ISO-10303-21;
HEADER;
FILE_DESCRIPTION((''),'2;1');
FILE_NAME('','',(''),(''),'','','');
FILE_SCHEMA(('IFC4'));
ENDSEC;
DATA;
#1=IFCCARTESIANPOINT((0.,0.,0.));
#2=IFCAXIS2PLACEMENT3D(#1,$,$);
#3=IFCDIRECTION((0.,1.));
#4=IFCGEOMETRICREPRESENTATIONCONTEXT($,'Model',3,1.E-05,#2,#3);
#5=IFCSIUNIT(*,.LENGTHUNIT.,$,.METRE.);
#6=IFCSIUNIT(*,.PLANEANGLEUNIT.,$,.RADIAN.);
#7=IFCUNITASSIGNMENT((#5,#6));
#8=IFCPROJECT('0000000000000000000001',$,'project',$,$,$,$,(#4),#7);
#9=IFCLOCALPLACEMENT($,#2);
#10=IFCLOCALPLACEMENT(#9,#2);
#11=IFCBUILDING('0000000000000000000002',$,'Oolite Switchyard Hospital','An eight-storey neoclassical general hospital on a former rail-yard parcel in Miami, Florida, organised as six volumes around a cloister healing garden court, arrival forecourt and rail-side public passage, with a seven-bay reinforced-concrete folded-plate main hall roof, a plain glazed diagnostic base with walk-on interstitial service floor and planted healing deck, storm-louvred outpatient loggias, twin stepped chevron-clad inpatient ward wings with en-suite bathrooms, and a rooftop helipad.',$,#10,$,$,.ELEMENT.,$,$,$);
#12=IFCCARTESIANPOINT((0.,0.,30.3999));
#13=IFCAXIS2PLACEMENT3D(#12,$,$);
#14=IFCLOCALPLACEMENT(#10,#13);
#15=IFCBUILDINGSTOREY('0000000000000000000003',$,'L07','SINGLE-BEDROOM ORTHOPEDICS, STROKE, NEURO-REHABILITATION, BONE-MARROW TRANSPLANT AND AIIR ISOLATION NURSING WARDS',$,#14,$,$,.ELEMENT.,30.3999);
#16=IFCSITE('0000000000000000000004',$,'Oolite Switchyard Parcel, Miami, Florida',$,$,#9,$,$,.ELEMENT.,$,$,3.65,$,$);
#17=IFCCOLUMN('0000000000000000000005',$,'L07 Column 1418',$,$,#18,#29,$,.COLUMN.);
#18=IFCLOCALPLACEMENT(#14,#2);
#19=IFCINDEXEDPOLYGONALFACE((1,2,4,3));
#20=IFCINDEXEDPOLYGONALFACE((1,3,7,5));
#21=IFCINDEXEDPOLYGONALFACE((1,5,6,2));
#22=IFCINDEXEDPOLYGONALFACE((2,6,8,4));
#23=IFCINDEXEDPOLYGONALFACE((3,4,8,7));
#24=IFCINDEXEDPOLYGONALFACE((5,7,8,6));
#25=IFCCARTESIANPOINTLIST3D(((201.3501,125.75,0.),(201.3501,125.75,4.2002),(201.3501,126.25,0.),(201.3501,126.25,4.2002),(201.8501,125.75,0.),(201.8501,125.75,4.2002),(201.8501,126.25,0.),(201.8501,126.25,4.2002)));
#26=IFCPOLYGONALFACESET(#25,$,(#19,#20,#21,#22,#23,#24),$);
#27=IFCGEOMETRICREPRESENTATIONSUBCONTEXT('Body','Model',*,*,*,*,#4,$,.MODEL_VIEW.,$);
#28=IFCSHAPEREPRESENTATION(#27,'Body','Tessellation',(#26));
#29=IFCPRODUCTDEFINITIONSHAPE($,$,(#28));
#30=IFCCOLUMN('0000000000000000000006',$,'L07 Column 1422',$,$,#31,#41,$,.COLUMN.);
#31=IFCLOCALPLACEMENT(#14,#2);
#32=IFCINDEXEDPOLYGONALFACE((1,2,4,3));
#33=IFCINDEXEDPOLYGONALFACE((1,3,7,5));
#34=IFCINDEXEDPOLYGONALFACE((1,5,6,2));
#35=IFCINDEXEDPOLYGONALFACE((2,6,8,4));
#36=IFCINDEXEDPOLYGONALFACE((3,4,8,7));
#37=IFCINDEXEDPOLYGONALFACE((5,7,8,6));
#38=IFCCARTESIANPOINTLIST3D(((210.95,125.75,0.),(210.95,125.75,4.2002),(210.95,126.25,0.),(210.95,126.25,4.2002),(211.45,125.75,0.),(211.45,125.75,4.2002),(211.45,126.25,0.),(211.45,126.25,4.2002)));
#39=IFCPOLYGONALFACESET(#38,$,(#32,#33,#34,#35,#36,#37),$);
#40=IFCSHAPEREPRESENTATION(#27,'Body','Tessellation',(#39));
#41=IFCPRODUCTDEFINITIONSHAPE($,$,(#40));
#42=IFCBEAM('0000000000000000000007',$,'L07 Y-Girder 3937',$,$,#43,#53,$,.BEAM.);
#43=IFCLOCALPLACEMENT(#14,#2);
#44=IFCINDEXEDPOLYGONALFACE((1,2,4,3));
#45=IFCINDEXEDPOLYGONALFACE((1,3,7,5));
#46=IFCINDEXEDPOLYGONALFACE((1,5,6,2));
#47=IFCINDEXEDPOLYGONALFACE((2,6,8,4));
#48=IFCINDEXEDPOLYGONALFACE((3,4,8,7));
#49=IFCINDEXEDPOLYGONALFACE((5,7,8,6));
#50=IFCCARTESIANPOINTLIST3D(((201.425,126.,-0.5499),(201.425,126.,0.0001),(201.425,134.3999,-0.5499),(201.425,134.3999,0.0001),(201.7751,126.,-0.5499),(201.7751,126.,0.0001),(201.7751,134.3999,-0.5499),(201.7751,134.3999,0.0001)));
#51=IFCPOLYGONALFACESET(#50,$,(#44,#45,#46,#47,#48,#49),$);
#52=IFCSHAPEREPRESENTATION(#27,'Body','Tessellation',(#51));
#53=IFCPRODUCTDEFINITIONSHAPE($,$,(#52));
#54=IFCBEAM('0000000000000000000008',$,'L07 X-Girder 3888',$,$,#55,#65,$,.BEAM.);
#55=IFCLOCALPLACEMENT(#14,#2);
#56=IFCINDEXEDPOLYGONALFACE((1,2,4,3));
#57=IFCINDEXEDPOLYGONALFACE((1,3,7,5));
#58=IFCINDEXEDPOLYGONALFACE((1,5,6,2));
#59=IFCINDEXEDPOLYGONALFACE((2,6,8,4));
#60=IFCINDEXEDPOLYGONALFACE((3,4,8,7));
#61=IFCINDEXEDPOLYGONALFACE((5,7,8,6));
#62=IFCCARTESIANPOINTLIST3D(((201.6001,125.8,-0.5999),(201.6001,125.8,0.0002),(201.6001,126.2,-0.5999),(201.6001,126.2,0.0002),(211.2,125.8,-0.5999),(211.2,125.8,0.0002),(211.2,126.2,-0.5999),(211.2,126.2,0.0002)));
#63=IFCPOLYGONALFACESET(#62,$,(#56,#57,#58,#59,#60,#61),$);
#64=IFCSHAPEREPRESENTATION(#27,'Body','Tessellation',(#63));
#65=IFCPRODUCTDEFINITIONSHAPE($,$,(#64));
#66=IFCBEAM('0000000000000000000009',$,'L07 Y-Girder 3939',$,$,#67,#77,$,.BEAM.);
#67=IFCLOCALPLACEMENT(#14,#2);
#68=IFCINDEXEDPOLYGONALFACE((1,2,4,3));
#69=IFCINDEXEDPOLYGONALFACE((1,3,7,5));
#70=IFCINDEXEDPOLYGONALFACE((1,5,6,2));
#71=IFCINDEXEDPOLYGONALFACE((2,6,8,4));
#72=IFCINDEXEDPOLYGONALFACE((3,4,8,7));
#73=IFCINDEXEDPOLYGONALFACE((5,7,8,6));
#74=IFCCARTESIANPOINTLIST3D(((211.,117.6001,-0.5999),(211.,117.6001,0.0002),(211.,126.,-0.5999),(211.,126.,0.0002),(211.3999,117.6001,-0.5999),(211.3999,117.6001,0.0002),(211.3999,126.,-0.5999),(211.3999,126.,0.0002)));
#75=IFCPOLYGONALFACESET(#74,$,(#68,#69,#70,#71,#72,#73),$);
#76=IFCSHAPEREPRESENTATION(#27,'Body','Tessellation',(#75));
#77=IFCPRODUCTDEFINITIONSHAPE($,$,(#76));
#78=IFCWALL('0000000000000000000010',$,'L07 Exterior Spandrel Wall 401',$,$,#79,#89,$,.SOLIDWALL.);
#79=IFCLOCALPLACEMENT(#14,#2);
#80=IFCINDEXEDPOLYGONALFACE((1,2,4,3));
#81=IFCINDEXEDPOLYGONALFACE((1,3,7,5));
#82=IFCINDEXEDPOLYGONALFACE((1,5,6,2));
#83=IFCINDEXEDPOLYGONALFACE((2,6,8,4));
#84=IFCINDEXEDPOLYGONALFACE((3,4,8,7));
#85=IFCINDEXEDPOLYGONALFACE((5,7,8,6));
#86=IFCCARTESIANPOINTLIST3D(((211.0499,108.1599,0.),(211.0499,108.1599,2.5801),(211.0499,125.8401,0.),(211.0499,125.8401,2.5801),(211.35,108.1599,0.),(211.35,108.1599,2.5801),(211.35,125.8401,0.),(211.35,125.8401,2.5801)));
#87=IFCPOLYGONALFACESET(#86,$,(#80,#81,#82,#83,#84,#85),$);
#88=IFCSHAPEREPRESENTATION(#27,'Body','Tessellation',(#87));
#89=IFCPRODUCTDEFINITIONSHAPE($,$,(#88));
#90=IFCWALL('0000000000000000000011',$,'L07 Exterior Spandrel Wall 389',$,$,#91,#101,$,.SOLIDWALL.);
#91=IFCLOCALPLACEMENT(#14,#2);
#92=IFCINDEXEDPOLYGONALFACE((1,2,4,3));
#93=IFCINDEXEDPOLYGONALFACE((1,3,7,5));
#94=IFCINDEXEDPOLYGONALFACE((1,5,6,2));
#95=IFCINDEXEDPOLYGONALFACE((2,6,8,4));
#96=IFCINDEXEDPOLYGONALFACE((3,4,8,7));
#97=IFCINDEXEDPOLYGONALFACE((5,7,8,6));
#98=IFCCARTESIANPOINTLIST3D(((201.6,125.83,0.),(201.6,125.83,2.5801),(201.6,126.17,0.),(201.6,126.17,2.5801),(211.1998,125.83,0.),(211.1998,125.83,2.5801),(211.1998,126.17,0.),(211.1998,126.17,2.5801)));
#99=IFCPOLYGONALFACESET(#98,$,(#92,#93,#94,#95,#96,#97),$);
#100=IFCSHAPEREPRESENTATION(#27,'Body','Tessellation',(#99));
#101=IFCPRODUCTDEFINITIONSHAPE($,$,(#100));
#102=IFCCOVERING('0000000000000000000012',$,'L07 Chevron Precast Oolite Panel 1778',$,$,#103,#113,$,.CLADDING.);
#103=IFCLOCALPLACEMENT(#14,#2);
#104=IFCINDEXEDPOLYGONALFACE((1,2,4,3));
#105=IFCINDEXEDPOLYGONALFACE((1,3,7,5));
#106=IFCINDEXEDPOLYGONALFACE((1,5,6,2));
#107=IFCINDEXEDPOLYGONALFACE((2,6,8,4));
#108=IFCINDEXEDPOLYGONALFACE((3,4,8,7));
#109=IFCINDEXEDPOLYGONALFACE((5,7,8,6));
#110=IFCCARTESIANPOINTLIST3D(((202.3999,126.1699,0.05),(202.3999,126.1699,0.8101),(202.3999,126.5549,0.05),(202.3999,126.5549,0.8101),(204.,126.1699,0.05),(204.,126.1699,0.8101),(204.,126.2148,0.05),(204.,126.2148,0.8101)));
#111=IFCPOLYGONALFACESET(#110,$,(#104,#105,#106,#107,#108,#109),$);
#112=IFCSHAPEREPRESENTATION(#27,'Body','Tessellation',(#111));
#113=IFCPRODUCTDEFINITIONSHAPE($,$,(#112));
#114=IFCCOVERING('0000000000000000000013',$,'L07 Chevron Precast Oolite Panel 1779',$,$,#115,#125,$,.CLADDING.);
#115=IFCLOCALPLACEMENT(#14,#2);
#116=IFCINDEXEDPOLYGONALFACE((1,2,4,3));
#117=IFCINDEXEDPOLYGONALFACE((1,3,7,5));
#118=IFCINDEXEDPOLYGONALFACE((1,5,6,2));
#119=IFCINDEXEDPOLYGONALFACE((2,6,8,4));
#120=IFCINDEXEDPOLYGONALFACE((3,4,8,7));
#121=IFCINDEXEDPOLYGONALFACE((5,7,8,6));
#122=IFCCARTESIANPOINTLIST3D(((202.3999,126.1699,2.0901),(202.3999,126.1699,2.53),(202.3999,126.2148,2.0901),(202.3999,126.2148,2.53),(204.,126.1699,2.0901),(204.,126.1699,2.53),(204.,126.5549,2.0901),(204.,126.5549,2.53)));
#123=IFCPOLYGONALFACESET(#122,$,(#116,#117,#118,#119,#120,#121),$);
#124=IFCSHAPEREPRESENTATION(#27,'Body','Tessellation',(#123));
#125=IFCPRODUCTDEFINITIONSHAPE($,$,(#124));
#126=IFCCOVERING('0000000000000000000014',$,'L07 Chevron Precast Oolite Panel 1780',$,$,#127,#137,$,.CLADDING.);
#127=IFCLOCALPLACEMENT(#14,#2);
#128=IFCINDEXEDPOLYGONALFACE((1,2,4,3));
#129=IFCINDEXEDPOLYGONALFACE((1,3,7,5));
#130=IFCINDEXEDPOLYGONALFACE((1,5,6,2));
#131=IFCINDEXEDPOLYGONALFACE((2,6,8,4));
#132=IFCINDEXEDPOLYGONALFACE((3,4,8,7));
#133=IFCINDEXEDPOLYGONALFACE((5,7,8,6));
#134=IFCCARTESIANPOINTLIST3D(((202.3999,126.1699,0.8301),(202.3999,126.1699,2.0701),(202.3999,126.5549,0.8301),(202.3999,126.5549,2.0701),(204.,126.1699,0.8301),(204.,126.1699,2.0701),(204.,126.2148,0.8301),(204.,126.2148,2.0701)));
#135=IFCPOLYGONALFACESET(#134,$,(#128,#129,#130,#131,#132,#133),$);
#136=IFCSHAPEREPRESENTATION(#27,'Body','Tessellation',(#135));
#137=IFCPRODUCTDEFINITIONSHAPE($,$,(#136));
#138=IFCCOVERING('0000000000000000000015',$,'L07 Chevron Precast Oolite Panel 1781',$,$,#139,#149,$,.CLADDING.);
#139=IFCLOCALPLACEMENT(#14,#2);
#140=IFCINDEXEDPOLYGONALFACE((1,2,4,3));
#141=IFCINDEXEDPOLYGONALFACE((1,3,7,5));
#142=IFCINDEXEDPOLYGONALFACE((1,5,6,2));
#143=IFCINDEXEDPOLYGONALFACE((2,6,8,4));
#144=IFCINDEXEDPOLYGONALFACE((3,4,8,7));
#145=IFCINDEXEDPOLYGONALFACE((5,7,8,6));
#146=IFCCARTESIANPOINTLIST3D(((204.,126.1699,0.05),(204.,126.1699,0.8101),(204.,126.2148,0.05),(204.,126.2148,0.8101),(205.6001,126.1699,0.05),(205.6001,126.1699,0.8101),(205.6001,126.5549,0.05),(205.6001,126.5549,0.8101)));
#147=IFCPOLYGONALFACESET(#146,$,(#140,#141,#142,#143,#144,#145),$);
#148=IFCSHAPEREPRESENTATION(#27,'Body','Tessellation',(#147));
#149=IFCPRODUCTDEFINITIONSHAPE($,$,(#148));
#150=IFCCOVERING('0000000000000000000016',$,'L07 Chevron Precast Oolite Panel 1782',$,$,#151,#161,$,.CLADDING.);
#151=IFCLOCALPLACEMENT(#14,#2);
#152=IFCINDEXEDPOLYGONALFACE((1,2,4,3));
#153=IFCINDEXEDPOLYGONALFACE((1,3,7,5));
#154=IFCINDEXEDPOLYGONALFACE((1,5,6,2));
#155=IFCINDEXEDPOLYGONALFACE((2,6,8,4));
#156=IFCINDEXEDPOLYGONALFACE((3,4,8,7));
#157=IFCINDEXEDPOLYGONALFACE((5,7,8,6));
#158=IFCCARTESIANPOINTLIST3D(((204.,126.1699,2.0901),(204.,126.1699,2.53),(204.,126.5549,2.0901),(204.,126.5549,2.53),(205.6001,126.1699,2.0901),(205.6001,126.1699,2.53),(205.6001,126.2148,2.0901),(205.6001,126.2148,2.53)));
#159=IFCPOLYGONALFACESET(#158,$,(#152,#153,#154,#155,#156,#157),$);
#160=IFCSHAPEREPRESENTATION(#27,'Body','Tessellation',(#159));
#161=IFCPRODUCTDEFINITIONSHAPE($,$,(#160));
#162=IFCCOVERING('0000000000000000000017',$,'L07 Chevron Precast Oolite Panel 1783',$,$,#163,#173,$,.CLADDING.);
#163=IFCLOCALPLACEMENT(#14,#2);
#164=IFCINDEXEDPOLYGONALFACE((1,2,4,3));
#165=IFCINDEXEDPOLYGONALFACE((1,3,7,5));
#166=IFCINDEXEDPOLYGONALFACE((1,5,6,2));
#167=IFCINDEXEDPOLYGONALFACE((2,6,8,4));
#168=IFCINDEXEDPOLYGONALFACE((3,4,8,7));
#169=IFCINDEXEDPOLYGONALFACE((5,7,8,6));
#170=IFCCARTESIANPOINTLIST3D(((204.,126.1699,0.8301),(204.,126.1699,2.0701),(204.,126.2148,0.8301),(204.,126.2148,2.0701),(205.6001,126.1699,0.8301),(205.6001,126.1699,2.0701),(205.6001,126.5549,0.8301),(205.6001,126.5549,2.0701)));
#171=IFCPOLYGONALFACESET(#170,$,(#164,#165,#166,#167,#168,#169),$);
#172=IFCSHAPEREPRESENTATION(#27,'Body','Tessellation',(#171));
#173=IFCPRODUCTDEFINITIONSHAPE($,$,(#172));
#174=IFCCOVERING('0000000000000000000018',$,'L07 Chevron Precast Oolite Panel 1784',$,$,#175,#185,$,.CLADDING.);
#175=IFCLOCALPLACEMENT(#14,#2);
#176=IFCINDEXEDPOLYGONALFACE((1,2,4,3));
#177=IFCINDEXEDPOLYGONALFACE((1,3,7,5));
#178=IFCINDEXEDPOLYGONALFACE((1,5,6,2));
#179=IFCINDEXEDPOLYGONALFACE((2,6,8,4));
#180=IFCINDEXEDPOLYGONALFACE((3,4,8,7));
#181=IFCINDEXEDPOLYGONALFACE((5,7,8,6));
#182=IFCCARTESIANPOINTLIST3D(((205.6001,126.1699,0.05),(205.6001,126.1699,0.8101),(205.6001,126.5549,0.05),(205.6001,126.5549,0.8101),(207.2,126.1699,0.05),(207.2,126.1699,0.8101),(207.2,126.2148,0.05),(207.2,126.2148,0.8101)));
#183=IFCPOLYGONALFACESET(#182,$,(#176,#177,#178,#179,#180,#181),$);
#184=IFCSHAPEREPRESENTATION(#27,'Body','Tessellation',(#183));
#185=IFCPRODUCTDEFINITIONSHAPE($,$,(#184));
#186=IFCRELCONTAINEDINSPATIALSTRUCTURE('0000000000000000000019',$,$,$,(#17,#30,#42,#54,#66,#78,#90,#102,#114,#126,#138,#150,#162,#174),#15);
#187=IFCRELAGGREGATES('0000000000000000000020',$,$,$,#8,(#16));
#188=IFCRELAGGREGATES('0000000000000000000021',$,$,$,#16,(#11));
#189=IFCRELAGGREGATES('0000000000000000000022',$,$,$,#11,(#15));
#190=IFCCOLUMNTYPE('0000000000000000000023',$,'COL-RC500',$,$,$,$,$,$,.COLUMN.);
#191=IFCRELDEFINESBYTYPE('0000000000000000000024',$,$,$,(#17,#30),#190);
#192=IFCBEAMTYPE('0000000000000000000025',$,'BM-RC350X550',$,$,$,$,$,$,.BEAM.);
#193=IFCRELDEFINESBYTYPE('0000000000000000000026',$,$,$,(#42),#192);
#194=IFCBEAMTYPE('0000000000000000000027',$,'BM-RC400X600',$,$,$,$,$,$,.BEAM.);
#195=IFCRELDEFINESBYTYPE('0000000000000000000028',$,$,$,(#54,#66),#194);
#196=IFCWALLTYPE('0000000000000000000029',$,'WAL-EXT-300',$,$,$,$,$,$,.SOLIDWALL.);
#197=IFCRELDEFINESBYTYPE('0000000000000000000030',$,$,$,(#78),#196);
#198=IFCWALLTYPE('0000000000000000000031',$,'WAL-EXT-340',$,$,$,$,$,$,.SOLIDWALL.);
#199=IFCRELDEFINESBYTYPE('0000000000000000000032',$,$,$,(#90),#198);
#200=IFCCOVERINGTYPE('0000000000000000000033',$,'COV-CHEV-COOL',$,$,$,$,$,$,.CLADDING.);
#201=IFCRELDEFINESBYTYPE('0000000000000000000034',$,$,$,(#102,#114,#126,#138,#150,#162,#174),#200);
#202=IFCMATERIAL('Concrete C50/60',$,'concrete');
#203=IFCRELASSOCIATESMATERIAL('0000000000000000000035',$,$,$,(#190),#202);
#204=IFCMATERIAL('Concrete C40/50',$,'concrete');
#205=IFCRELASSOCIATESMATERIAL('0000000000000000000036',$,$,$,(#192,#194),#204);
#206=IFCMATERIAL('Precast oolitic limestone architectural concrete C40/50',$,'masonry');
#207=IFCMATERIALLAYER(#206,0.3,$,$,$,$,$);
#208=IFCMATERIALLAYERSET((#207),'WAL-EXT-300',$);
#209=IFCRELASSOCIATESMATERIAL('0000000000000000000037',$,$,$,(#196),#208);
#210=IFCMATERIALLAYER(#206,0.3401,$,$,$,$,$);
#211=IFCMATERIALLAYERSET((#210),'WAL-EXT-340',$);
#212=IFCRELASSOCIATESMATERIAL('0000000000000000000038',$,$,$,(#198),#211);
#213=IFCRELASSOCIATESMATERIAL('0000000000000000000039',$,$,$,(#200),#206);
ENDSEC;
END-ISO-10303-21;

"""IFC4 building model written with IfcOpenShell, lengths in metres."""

from ifc_helpers import new_model, si_unit, direction, frame, frame_2d, origin, origin_2d, place, context, subcontext, project, spatial, polyline, rectangle, outline, extrude, material, layer, layer_set, material_profile, profile_set, type_object, element, save


model = new_model("IFC4")

# Units and contexts
model_context = context("Model", 3, precision=1e-05, world=origin(), true_north=direction((0.0, 1.0)))
body_context = subcontext(model_context, "Body", "Model", "MODEL_VIEW")
ifc_project = project(units=[si_unit("LENGTHUNIT", "METRE"), si_unit("PLANEANGLEUNIT", "RADIAN")], contexts=[model_context])

# Site, building, storey
site_placement = place(None, origin())
site = spatial("IfcSite", under=ifc_project, at=site_placement, Name="Oolite Switchyard Parcel, Miami, Florida", CompositionType="ELEMENT", RefElevation=3.65)
building_placement = place(site_placement, origin())
building = spatial("IfcBuilding", under=site, at=building_placement, Name="Oolite Switchyard Hospital", Description="An eight-storey neoclassical general hospital on a former rail-yard parcel in Miami, Florida, organised as six volumes around a cloister healing garden court, arrival forecourt and rail-side public passage, with a seven-bay reinforced-concrete folded-plate main hall roof, a plain glazed diagnostic base with walk-on interstitial service floor and planted healing deck, storm-louvred outpatient loggias, twin stepped chevron-clad inpatient ward wings with en-suite bathrooms, and a rooftop helipad.", CompositionType="ELEMENT")
storey_placement = place(building_placement, frame((0.0, 0.0, 30.3999)))
storey = spatial("IfcBuildingStorey", under=building, at=storey_placement, Name="L07", Description="SINGLE-BEDROOM ORTHOPEDICS, STROKE, NEURO-REHABILITATION, BONE-MARROW TRANSPLANT AND AIIR ISOLATION NURSING WARDS", CompositionType="ELEMENT", Elevation=30.3999)

# Columns
ifc_material_1 = material(Name="Concrete C50/60", Category="concrete")
ifc_material_profile_1 = material_profile(ifc_material_1, rectangle(XDim=0.5, YDim=0.5, at=origin_2d()), Name="RC500X500")
ifc_profile_set_1 = profile_set([ifc_material_profile_1], Name="Concrete C50/60")
column_type = type_object("IfcColumnType", Name="COL-RC500", PredefinedType="COLUMN", material=ifc_profile_set_1)
for number, where, z_axis, x_axis, name in (
    (1, (201.6001, 126.0, 0.0), (0.0, 0.0, 1.0), (1.0, 0.0, 0.0), "L07 Column 1418"),
    (2, (211.2, 126.0, 0.0), (0.0, 0.0, 1.0), (1.0, 0.0, 0.0), "L07 Column 1422"),
):
    element("IfcColumn", number, at=place(storey_placement, frame(where, z_axis=z_axis, x_axis=x_axis)), inside=storey, type_object=column_type, Name=name, PredefinedType="COLUMN", context=body_context, shape_type="SweptSolid", body=[
        extrude(rectangle(XDim=0.5, YDim=0.5, at=origin_2d()), origin(), (0.0, 0.0, 1.0), 4.2002),
    ])

# Beams
ifc_material_2 = material(Name="Concrete C40/50", Category="concrete")
ifc_material_profile_2 = material_profile(ifc_material_2, rectangle(XDim=0.3501, YDim=0.55, at=origin_2d()), Name="RCB350X550")
ifc_profile_set_2 = profile_set([ifc_material_profile_2], Name="Concrete C40/50")
beam_type_1 = type_object("IfcBeamType", Name="BM-RC350X550", PredefinedType="BEAM", material=ifc_profile_set_2)
beam_1_placement = place(storey_placement, frame((201.6001, 126.0, -0.2749), z_axis=(0.0, 1.0, 0.0), x_axis=(-1.0, 0.0, 0.0)))
element("IfcBeam", 3, at=beam_1_placement, inside=storey, type_object=beam_type_1, Name="L07 Y-Girder 3937", PredefinedType="BEAM", context=body_context, shape_type="SweptSolid", body=[
    extrude(rectangle(XDim=0.3501, YDim=0.55, at=origin_2d()), origin(), (0.0, 0.0, 1.0), 8.3999),
])
ifc_material_profile_3 = material_profile(ifc_material_2, rectangle(XDim=0.3999, YDim=0.6001, at=origin_2d()), Name="RCB400X600")
ifc_profile_set_3 = profile_set([ifc_material_profile_3], Name="Concrete C40/50")
beam_type_2 = type_object("IfcBeamType", Name="BM-RC400X600", PredefinedType="BEAM", material=ifc_profile_set_3)
beam_2_placement = place(storey_placement, frame((201.6001, 126.0, -0.2998), z_axis=(1.0, 0.0, 0.0), x_axis=(0.0, 1.0, 0.0)))
element("IfcBeam", 4, at=beam_2_placement, inside=storey, type_object=beam_type_2, Name="L07 X-Girder 3888", PredefinedType="BEAM", context=body_context, shape_type="SweptSolid", body=[
    extrude(rectangle(XDim=0.3999, YDim=0.6001, at=origin_2d()), origin(), (0.0, 0.0, 1.0), 9.5999),
])
beam_3_placement = place(storey_placement, frame((211.2, 117.6001, -0.2998), z_axis=(0.0, 1.0, 0.0), x_axis=(-1.0, 0.0, 0.0)))
element("IfcBeam", 5, at=beam_3_placement, inside=storey, type_object=beam_type_2, Name="L07 Y-Girder 3939", PredefinedType="BEAM", context=body_context, shape_type="SweptSolid", body=[
    extrude(rectangle(XDim=0.3999, YDim=0.6001, at=origin_2d()), origin(), (0.0, 0.0, 1.0), 8.3999),
])

# Walls
ifc_material_3 = material(Name="Precast oolitic limestone architectural concrete C40/50", Category="masonry")
ifc_layer_1 = layer(ifc_material_3, 0.3)
ifc_layer_set_1 = layer_set([ifc_layer_1], Name="WAL-EXT-300")
wall_type_1 = type_object("IfcWallType", Name="WAL-EXT-300", PredefinedType="SOLIDWALL", material=ifc_layer_set_1)
wall_1_placement = place(storey_placement, frame((211.2, 125.8401, 0.0), z_axis=(0.0, 0.0, 1.0), x_axis=(0.0, -1.0, 0.0)))
element("IfcWall", 6, at=wall_1_placement, inside=storey, type_object=wall_type_1, Name="L07 Exterior Spandrel Wall 401", PredefinedType="SOLIDWALL", context=body_context, shape_type="SweptSolid", body=[
    extrude(rectangle(XDim=17.6802, YDim=0.3, at=frame_2d((8.8401, 0.0))), origin(), (0.0, 0.0, 1.0), 2.5801),
])
ifc_layer_2 = layer(ifc_material_3, 0.3401)
ifc_layer_set_2 = layer_set([ifc_layer_2], Name="WAL-EXT-340")
wall_type_2 = type_object("IfcWallType", Name="WAL-EXT-340", PredefinedType="SOLIDWALL", material=ifc_layer_set_2)
wall_2_placement = place(storey_placement, frame((201.6001, 126.0, 0.0), z_axis=(0.0, 0.0, 1.0), x_axis=(1.0, 0.0, 0.0)))
element("IfcWall", 7, at=wall_2_placement, inside=storey, type_object=wall_type_2, Name="L07 Exterior Spandrel Wall 389", PredefinedType="SOLIDWALL", context=body_context, shape_type="SweptSolid", body=[
    extrude(rectangle(XDim=9.5999, YDim=0.3401, at=frame_2d((4.7998, 0.0))), origin(), (0.0, 0.0, 1.0), 2.5801),
])

# Coverings
covering_type = type_object("IfcCoveringType", Name="COV-CHEV-COOL", PredefinedType="CLADDING", material=ifc_material_3)
covering_1_placement = place(storey_placement, frame((202.3999, 126.1699, 0.05), z_axis=(0.0, 0.0, 1.0), x_axis=(1.0, 0.0, 0.0)))
element("IfcCovering", 8, at=covering_1_placement, inside=storey, type_object=covering_type, Name="L07 Chevron Precast Oolite Panel 1778", PredefinedType="CLADDING", context=body_context, shape_type="SweptSolid", body=[
    extrude(outline(polyline([(0.0, 0.0), (1.6001, 0.0), (1.6001, 0.0449), (0.0, 0.385), (0.0, 0.0)])), origin(), (0.0, 0.0, 1.0), 0.76),
])
covering_2_placement = place(storey_placement, frame((202.3999, 126.1699, 2.0901), z_axis=(0.0, 0.0, 1.0), x_axis=(1.0, 0.0, 0.0)))
element("IfcCovering", 9, at=covering_2_placement, inside=storey, type_object=covering_type, Name="L07 Chevron Precast Oolite Panel 1779", PredefinedType="CLADDING", context=body_context, shape_type="SweptSolid", body=[
    extrude(outline(polyline([(0.0, 0.0), (1.6001, 0.0), (1.6001, 0.385), (0.0, 0.0449), (0.0, 0.0)])), origin(), (0.0, 0.0, 1.0), 0.4399),
])
covering_3_placement = place(storey_placement, frame((202.3999, 126.1699, 0.8301), z_axis=(0.0, 0.0, 1.0), x_axis=(1.0, 0.0, 0.0)))
element("IfcCovering", 10, at=covering_3_placement, inside=storey, type_object=covering_type, Name="L07 Chevron Precast Oolite Panel 1780", PredefinedType="CLADDING", context=body_context, shape_type="SweptSolid", body=[
    extrude(outline(polyline([(0.0, 0.0), (1.6001, 0.0), (1.6001, 0.0449), (0.0, 0.385), (0.0, 0.0)])), origin(), (0.0, 0.0, 1.0), 1.24),
])
covering_4_placement = place(storey_placement, frame((204.0, 126.1699, 0.05), z_axis=(0.0, 0.0, 1.0), x_axis=(1.0, 0.0, 0.0)))
element("IfcCovering", 11, at=covering_4_placement, inside=storey, type_object=covering_type, Name="L07 Chevron Precast Oolite Panel 1781", PredefinedType="CLADDING", context=body_context, shape_type="SweptSolid", body=[
    extrude(outline(polyline([(0.0, 0.0), (1.6001, 0.0), (1.6001, 0.385), (0.0, 0.0449), (0.0, 0.0)])), origin(), (0.0, 0.0, 1.0), 0.76),
])
covering_5_placement = place(storey_placement, frame((204.0, 126.1699, 2.0901), z_axis=(0.0, 0.0, 1.0), x_axis=(1.0, 0.0, 0.0)))
element("IfcCovering", 12, at=covering_5_placement, inside=storey, type_object=covering_type, Name="L07 Chevron Precast Oolite Panel 1782", PredefinedType="CLADDING", context=body_context, shape_type="SweptSolid", body=[
    extrude(outline(polyline([(0.0, 0.0), (1.6001, 0.0), (1.6001, 0.0449), (0.0, 0.385), (0.0, 0.0)])), origin(), (0.0, 0.0, 1.0), 0.4399),
])
covering_6_placement = place(storey_placement, frame((204.0, 126.1699, 0.8301), z_axis=(0.0, 0.0, 1.0), x_axis=(1.0, 0.0, 0.0)))
element("IfcCovering", 13, at=covering_6_placement, inside=storey, type_object=covering_type, Name="L07 Chevron Precast Oolite Panel 1783", PredefinedType="CLADDING", context=body_context, shape_type="SweptSolid", body=[
    extrude(outline(polyline([(0.0, 0.0), (1.6001, 0.0), (1.6001, 0.385), (0.0, 0.0449), (0.0, 0.0)])), origin(), (0.0, 0.0, 1.0), 1.24),
])
covering_7_placement = place(storey_placement, frame((205.6001, 126.1699, 0.05), z_axis=(0.0, 0.0, 1.0), x_axis=(1.0, 0.0, 0.0)))
element("IfcCovering", 14, at=covering_7_placement, inside=storey, type_object=covering_type, Name="L07 Chevron Precast Oolite Panel 1784", PredefinedType="CLADDING", context=body_context, shape_type="SweptSolid", body=[
    extrude(outline(polyline([(0.0, 0.0), (1.5999, 0.0), (1.5999, 0.0449), (0.0, 0.385), (0.0, 0.0)])), origin(), (0.0, 0.0, 1.0), 0.76),
])

save(model, "model.ifc")
